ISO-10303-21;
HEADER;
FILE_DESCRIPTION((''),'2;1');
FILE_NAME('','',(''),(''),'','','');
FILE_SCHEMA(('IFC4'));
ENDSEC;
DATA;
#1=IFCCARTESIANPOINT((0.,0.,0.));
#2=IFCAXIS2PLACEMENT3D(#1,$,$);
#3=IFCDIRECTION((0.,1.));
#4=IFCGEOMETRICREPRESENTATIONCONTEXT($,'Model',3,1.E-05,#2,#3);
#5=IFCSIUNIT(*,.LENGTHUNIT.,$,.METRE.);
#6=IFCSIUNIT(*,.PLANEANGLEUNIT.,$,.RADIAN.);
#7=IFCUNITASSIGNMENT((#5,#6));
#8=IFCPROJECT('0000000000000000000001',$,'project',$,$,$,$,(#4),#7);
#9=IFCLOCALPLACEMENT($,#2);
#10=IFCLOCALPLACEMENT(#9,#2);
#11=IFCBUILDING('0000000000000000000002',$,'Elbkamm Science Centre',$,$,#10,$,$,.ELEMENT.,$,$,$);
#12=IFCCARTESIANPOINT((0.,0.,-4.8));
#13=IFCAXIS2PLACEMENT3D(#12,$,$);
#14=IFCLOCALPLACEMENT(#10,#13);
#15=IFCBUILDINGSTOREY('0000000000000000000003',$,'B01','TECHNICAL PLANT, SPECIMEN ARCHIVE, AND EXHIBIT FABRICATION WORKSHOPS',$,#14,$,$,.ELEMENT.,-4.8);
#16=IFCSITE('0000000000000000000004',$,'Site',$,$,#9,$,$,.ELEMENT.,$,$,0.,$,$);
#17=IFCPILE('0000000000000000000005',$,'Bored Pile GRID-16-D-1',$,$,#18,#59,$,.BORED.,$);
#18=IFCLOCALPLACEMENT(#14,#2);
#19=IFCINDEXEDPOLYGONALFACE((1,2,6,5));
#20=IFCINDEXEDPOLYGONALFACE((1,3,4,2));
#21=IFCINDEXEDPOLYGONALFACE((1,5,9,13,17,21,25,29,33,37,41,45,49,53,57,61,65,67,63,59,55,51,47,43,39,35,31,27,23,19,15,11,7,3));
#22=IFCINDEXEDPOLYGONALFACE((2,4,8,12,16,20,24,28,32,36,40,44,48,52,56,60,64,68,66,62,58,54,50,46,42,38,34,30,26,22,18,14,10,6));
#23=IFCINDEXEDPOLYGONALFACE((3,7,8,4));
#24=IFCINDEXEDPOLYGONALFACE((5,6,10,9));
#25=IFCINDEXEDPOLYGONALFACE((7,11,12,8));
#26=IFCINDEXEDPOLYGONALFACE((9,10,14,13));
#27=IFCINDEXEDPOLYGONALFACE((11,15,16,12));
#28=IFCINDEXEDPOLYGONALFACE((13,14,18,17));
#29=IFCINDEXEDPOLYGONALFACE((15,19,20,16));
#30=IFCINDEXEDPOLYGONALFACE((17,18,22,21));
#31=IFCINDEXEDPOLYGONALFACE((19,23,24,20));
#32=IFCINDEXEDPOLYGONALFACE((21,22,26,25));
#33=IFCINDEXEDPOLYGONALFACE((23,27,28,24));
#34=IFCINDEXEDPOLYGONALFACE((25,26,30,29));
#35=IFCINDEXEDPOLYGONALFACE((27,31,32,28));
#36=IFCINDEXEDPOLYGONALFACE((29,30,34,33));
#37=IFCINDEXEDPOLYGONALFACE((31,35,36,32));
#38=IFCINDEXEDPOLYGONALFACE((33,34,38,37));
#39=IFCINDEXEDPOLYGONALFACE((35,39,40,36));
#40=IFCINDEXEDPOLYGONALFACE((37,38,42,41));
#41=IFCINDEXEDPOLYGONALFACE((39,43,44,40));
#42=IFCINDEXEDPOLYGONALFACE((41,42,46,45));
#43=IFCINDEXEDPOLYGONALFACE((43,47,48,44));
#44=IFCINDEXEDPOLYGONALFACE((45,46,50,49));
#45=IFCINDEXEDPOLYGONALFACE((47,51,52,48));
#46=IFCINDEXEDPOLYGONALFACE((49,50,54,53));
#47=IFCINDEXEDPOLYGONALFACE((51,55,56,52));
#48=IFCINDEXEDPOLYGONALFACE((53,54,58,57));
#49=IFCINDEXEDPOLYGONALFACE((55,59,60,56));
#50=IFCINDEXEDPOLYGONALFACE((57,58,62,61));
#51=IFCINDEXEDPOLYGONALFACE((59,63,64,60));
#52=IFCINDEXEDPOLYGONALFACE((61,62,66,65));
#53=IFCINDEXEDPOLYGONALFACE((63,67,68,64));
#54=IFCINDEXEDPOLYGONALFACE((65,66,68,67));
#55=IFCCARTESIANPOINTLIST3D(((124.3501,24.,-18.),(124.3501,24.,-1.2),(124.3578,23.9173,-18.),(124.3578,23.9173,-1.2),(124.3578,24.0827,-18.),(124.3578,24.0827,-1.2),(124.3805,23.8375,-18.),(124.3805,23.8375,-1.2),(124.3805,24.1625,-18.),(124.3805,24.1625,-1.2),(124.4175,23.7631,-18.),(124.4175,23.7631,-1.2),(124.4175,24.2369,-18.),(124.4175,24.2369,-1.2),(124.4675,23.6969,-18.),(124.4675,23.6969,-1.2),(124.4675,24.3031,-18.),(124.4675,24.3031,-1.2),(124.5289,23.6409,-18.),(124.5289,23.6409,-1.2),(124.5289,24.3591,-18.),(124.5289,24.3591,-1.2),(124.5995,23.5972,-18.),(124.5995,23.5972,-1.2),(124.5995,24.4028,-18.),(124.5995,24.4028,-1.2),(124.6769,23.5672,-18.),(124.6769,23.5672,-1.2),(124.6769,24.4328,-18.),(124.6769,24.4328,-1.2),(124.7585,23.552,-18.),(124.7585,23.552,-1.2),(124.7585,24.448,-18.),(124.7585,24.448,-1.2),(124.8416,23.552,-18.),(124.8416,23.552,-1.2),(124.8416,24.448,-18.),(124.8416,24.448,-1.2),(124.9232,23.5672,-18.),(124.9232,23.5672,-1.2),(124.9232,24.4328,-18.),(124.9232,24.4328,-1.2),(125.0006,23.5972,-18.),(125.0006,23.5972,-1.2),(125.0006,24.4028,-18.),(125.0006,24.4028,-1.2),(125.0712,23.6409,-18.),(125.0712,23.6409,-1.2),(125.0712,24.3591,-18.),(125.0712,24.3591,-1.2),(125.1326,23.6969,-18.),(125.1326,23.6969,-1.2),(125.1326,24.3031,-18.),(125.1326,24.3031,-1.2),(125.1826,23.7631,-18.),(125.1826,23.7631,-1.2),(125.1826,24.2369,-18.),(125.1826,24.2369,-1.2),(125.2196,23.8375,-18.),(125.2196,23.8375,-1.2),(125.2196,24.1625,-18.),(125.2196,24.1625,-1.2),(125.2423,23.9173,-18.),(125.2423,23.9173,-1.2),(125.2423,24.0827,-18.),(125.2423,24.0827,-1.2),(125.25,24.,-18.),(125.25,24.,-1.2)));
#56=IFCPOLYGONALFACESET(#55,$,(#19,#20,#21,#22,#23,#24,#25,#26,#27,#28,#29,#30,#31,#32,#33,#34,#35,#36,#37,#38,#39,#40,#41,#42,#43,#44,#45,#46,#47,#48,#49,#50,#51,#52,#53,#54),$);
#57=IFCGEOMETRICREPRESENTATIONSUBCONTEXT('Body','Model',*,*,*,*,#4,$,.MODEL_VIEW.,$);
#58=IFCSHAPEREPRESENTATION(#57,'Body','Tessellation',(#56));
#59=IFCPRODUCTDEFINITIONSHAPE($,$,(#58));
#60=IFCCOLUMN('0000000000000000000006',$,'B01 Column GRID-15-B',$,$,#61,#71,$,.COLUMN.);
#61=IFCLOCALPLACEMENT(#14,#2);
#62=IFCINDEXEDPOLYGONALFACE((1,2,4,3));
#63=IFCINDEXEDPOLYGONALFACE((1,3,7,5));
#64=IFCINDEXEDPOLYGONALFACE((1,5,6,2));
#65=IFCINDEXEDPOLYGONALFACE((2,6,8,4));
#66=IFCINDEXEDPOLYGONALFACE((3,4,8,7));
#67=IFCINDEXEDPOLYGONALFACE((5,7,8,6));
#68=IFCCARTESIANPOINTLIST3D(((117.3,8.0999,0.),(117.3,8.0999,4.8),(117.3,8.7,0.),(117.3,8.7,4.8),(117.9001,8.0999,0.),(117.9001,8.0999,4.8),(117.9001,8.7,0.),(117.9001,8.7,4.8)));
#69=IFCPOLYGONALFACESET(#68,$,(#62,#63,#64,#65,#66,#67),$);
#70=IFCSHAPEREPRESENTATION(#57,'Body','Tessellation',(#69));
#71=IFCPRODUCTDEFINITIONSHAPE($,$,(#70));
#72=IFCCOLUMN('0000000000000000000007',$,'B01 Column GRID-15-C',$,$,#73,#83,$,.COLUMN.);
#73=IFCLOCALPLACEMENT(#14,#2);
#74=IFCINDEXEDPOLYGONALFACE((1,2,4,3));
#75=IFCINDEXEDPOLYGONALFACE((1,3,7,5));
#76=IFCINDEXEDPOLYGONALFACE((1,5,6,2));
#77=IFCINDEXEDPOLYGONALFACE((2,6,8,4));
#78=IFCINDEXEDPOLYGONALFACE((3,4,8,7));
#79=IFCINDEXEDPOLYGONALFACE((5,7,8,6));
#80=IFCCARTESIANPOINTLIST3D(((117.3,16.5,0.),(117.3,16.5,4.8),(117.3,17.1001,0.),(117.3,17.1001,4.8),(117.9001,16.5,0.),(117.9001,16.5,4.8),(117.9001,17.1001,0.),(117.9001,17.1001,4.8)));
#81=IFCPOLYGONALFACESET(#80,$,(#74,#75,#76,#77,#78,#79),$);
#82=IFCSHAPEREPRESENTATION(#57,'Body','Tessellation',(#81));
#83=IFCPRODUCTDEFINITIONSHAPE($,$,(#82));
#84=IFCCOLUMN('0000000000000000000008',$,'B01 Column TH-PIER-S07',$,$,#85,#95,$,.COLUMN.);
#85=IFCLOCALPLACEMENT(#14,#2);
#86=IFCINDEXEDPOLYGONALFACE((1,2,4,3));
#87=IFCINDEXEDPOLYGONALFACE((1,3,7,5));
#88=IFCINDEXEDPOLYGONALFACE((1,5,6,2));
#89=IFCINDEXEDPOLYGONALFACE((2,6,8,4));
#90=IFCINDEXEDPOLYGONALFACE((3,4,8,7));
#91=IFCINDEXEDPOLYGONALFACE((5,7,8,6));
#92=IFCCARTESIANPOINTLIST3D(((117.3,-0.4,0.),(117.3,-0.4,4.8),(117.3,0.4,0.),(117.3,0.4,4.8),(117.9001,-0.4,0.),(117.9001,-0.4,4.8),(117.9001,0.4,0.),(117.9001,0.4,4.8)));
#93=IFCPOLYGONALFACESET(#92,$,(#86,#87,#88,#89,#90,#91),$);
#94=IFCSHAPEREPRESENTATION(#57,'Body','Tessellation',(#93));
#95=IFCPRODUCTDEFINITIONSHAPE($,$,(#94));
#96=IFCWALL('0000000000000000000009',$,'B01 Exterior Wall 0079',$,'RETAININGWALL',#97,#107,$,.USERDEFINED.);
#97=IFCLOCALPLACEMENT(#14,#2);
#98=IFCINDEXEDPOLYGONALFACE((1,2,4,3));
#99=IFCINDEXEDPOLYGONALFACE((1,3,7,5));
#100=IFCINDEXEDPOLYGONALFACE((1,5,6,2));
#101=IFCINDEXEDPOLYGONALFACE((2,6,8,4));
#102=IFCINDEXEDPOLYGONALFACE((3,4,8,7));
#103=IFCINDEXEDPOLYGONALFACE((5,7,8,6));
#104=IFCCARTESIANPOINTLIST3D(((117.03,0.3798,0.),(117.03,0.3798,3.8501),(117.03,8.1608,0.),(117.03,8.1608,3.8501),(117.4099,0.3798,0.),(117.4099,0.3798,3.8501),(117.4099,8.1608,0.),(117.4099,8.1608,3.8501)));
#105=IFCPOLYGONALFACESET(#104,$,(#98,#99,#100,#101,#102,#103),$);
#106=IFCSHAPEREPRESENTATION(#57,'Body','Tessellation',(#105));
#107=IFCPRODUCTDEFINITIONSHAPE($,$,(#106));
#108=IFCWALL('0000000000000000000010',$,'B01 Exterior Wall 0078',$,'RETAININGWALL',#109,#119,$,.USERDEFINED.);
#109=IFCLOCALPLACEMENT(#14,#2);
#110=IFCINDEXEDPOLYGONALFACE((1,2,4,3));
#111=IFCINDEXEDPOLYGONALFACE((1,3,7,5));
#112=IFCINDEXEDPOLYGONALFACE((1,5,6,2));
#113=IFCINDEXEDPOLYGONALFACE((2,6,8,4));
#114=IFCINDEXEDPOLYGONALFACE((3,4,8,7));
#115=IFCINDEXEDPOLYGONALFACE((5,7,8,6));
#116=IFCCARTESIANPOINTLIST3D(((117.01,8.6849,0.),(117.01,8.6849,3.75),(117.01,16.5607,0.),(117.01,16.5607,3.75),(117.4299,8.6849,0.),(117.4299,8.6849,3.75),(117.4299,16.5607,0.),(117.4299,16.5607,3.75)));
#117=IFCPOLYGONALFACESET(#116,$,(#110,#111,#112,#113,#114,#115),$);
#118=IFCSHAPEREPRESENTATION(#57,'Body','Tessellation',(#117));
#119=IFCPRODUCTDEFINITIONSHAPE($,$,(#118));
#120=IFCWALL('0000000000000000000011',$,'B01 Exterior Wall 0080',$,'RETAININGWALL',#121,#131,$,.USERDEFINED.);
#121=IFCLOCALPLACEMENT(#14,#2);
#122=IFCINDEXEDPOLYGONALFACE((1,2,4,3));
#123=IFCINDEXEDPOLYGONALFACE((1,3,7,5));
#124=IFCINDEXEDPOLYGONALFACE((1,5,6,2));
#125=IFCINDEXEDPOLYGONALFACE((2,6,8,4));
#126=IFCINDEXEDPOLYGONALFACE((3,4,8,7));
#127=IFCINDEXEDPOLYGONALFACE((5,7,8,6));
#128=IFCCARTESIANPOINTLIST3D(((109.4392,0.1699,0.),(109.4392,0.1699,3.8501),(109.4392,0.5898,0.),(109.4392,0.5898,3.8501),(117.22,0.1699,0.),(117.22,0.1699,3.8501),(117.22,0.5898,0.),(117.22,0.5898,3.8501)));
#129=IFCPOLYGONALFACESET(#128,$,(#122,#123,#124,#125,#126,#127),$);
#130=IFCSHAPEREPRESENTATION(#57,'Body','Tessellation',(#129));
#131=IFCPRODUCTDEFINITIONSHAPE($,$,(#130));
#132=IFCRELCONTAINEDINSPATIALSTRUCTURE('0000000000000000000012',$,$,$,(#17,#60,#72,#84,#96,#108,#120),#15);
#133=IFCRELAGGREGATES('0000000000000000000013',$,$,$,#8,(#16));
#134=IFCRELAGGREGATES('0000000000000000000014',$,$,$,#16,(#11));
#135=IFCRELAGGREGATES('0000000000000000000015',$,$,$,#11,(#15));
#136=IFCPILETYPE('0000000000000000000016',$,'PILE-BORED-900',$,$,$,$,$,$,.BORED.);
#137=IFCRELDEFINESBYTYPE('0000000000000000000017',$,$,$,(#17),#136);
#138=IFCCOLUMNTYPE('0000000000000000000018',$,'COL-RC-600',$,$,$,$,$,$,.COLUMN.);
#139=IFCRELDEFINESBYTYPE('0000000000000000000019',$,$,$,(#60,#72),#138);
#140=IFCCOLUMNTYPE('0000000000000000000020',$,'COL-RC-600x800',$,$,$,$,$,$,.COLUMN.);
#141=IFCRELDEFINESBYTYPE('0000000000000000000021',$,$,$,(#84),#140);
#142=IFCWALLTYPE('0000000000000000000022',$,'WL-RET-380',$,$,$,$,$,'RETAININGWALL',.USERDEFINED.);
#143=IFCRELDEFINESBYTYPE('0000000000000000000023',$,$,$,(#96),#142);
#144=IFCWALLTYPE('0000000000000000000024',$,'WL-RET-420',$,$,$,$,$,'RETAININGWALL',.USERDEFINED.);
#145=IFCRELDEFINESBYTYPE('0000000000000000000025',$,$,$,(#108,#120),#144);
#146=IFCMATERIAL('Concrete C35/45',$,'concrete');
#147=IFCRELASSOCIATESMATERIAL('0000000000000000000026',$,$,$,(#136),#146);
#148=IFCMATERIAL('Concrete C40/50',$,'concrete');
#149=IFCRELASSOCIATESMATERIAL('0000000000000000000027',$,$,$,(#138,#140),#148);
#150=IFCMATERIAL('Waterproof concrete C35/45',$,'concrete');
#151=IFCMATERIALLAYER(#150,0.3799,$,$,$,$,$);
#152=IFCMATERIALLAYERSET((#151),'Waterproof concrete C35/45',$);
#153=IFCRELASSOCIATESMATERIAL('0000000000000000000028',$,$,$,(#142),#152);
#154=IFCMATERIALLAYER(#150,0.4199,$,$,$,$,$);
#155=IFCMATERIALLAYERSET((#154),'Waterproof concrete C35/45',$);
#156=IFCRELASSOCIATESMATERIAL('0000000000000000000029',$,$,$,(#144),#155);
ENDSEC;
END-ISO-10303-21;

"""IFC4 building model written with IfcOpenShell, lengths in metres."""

from ifc_helpers import new_model, si_unit, direction, frame, frame_2d, origin, origin_2d, place, context, subcontext, project, spatial, rectangle, circle, extrude, material, layer, layer_set, material_profile, profile_set, type_object, element, save


model = new_model("IFC4")

# Units and contexts
model_context = context("Model", 3, precision=1e-05, world=origin(), true_north=direction((0.0, 1.0)))
body_context = subcontext(model_context, "Body", "Model", "MODEL_VIEW")
ifc_project = project(units=[si_unit("LENGTHUNIT", "METRE"), si_unit("PLANEANGLEUNIT", "RADIAN")], contexts=[model_context])

# Site, building, storey
site_placement = place(None, origin())
site = spatial("IfcSite", under=ifc_project, at=site_placement, Name="Site", CompositionType="ELEMENT", RefElevation=0.0)
building_placement = place(site_placement, origin())
building = spatial("IfcBuilding", under=site, at=building_placement, Name="Elbkamm Science Centre", CompositionType="ELEMENT")
storey_placement = place(building_placement, frame((0.0, 0.0, -4.8)))
storey = spatial("IfcBuildingStorey", under=building, at=storey_placement, Name="B01", Description="TECHNICAL PLANT, SPECIMEN ARCHIVE, AND EXHIBIT FABRICATION WORKSHOPS", CompositionType="ELEMENT", Elevation=-4.8)

# Shared definitions
ifc_material_1 = material(Name="Concrete C35/45", Category="concrete")

# Pile
ifc_material_profile_1 = material_profile(ifc_material_1, circle(Radius=0.45, at=origin_2d()), Name="PILE D900")
ifc_profile_set_1 = profile_set([ifc_material_profile_1], Name="Concrete C35/45")
pile_type = type_object("IfcPileType", Name="PILE-BORED-900", PredefinedType="BORED", material=ifc_profile_set_1)
pile_placement = place(storey_placement, frame((124.8, 24.0, -1.2), z_axis=(0.0, 0.0, -1.0), x_axis=(1.0, 0.0, 0.0)))
element("IfcPile", 1, at=pile_placement, inside=storey, type_object=pile_type, Name="Bored Pile GRID-16-D-1", PredefinedType="BORED", context=body_context, shape_type="SweptSolid", body=[
    extrude(circle(Radius=0.45, at=origin_2d()), origin(), (0.0, 0.0, 1.0), 16.8),
])

# Columns
ifc_material_2 = material(Name="Concrete C40/50", Category="concrete")
ifc_material_profile_2 = material_profile(ifc_material_2, rectangle(XDim=0.6001, YDim=0.6001, at=origin_2d()), Name="RC 600x600")
ifc_profile_set_2 = profile_set([ifc_material_profile_2], Name="Concrete C40/50")
column_type_1 = type_object("IfcColumnType", Name="COL-RC-600", PredefinedType="COLUMN", material=ifc_profile_set_2)
for number, where, z_axis, x_axis, name in (
    (2, (117.6001, 8.3999, 0.0), (0.0, 0.0, 1.0), (1.0, 0.0, 0.0), "B01 Column GRID-15-B"),
    (3, (117.6001, 16.8, 0.0), (0.0, 0.0, 1.0), (1.0, 0.0, 0.0), "B01 Column GRID-15-C"),
):
    element("IfcColumn", number, at=place(storey_placement, frame(where, z_axis=z_axis, x_axis=x_axis)), inside=storey, type_object=column_type_1, Name=name, PredefinedType="COLUMN", context=body_context, shape_type="SweptSolid", body=[
        extrude(rectangle(XDim=0.6001, YDim=0.6001, at=origin_2d()), origin(), (0.0, 0.0, 1.0), 4.8),
    ])
ifc_material_profile_3 = material_profile(ifc_material_2, rectangle(XDim=0.6001, YDim=0.8, at=origin_2d()), Name="RC 600x800")
ifc_profile_set_3 = profile_set([ifc_material_profile_3], Name="Concrete C40/50")
column_type_2 = type_object("IfcColumnType", Name="COL-RC-600x800", PredefinedType="COLUMN", material=ifc_profile_set_3)
column_placement = place(storey_placement, frame((117.6001, 0.0, 0.0), z_axis=(0.0, 0.0, 1.0), x_axis=(1.0, 0.0, 0.0)))
element("IfcColumn", 4, at=column_placement, inside=storey, type_object=column_type_2, Name="B01 Column TH-PIER-S07", PredefinedType="COLUMN", context=body_context, shape_type="SweptSolid", body=[
    extrude(rectangle(XDim=0.6001, YDim=0.8, at=origin_2d()), origin(), (0.0, 0.0, 1.0), 4.8),
])

# Walls
ifc_material_3 = material(Name="Waterproof concrete C35/45", Category="concrete")
ifc_layer_1 = layer(ifc_material_3, 0.3799)
ifc_layer_set_1 = layer_set([ifc_layer_1], Name="Waterproof concrete C35/45")
wall_type_1 = type_object("IfcWallType", Name="WL-RET-380", ElementType="RETAININGWALL", PredefinedType="USERDEFINED", material=ifc_layer_set_1)
wall_1_placement = place(storey_placement, frame((117.22, 8.1609, 0.0), z_axis=(0.0, 0.0, 1.0), x_axis=(0.0, -1.0, 0.0)))
element("IfcWall", 5, at=wall_1_placement, inside=storey, type_object=wall_type_1, Name="B01 Exterior Wall 0079", ObjectType="RETAININGWALL", PredefinedType="USERDEFINED", context=body_context, shape_type="SweptSolid", body=[
    extrude(rectangle(XDim=7.781, YDim=0.3799, at=frame_2d((3.8906, 0.0))), origin(), (0.0, 0.0, 1.0), 3.8501),
])
ifc_layer_2 = layer(ifc_material_3, 0.4199)
ifc_layer_set_2 = layer_set([ifc_layer_2], Name="Waterproof concrete C35/45")
wall_type_2 = type_object("IfcWallType", Name="WL-RET-420", ElementType="RETAININGWALL", PredefinedType="USERDEFINED", material=ifc_layer_set_2)
wall_2_placement = place(storey_placement, frame((117.22, 16.5608, 0.0), z_axis=(0.0, 0.0, 1.0), x_axis=(0.0, -1.0, 0.0)))
element("IfcWall", 6, at=wall_2_placement, inside=storey, type_object=wall_type_2, Name="B01 Exterior Wall 0078", ObjectType="RETAININGWALL", PredefinedType="USERDEFINED", context=body_context, shape_type="SweptSolid", body=[
    extrude(rectangle(XDim=7.8757, YDim=0.4199, at=frame_2d((3.938, 0.0))), origin(), (0.0, 0.0, 1.0), 3.75),
])
wall_3_placement = place(storey_placement, frame((117.22, 0.3799, 0.0), z_axis=(0.0, 0.0, 1.0), x_axis=(-1.0, 0.0, 0.0)))
element("IfcWall", 7, at=wall_3_placement, inside=storey, type_object=wall_type_2, Name="B01 Exterior Wall 0080", ObjectType="RETAININGWALL", PredefinedType="USERDEFINED", context=body_context, shape_type="SweptSolid", body=[
    extrude(rectangle(XDim=7.7808, YDim=0.4199, at=frame_2d((3.8904, 0.0))), origin(), (0.0, 0.0, 1.0), 3.8501),
])

save(model, "model.ifc")
